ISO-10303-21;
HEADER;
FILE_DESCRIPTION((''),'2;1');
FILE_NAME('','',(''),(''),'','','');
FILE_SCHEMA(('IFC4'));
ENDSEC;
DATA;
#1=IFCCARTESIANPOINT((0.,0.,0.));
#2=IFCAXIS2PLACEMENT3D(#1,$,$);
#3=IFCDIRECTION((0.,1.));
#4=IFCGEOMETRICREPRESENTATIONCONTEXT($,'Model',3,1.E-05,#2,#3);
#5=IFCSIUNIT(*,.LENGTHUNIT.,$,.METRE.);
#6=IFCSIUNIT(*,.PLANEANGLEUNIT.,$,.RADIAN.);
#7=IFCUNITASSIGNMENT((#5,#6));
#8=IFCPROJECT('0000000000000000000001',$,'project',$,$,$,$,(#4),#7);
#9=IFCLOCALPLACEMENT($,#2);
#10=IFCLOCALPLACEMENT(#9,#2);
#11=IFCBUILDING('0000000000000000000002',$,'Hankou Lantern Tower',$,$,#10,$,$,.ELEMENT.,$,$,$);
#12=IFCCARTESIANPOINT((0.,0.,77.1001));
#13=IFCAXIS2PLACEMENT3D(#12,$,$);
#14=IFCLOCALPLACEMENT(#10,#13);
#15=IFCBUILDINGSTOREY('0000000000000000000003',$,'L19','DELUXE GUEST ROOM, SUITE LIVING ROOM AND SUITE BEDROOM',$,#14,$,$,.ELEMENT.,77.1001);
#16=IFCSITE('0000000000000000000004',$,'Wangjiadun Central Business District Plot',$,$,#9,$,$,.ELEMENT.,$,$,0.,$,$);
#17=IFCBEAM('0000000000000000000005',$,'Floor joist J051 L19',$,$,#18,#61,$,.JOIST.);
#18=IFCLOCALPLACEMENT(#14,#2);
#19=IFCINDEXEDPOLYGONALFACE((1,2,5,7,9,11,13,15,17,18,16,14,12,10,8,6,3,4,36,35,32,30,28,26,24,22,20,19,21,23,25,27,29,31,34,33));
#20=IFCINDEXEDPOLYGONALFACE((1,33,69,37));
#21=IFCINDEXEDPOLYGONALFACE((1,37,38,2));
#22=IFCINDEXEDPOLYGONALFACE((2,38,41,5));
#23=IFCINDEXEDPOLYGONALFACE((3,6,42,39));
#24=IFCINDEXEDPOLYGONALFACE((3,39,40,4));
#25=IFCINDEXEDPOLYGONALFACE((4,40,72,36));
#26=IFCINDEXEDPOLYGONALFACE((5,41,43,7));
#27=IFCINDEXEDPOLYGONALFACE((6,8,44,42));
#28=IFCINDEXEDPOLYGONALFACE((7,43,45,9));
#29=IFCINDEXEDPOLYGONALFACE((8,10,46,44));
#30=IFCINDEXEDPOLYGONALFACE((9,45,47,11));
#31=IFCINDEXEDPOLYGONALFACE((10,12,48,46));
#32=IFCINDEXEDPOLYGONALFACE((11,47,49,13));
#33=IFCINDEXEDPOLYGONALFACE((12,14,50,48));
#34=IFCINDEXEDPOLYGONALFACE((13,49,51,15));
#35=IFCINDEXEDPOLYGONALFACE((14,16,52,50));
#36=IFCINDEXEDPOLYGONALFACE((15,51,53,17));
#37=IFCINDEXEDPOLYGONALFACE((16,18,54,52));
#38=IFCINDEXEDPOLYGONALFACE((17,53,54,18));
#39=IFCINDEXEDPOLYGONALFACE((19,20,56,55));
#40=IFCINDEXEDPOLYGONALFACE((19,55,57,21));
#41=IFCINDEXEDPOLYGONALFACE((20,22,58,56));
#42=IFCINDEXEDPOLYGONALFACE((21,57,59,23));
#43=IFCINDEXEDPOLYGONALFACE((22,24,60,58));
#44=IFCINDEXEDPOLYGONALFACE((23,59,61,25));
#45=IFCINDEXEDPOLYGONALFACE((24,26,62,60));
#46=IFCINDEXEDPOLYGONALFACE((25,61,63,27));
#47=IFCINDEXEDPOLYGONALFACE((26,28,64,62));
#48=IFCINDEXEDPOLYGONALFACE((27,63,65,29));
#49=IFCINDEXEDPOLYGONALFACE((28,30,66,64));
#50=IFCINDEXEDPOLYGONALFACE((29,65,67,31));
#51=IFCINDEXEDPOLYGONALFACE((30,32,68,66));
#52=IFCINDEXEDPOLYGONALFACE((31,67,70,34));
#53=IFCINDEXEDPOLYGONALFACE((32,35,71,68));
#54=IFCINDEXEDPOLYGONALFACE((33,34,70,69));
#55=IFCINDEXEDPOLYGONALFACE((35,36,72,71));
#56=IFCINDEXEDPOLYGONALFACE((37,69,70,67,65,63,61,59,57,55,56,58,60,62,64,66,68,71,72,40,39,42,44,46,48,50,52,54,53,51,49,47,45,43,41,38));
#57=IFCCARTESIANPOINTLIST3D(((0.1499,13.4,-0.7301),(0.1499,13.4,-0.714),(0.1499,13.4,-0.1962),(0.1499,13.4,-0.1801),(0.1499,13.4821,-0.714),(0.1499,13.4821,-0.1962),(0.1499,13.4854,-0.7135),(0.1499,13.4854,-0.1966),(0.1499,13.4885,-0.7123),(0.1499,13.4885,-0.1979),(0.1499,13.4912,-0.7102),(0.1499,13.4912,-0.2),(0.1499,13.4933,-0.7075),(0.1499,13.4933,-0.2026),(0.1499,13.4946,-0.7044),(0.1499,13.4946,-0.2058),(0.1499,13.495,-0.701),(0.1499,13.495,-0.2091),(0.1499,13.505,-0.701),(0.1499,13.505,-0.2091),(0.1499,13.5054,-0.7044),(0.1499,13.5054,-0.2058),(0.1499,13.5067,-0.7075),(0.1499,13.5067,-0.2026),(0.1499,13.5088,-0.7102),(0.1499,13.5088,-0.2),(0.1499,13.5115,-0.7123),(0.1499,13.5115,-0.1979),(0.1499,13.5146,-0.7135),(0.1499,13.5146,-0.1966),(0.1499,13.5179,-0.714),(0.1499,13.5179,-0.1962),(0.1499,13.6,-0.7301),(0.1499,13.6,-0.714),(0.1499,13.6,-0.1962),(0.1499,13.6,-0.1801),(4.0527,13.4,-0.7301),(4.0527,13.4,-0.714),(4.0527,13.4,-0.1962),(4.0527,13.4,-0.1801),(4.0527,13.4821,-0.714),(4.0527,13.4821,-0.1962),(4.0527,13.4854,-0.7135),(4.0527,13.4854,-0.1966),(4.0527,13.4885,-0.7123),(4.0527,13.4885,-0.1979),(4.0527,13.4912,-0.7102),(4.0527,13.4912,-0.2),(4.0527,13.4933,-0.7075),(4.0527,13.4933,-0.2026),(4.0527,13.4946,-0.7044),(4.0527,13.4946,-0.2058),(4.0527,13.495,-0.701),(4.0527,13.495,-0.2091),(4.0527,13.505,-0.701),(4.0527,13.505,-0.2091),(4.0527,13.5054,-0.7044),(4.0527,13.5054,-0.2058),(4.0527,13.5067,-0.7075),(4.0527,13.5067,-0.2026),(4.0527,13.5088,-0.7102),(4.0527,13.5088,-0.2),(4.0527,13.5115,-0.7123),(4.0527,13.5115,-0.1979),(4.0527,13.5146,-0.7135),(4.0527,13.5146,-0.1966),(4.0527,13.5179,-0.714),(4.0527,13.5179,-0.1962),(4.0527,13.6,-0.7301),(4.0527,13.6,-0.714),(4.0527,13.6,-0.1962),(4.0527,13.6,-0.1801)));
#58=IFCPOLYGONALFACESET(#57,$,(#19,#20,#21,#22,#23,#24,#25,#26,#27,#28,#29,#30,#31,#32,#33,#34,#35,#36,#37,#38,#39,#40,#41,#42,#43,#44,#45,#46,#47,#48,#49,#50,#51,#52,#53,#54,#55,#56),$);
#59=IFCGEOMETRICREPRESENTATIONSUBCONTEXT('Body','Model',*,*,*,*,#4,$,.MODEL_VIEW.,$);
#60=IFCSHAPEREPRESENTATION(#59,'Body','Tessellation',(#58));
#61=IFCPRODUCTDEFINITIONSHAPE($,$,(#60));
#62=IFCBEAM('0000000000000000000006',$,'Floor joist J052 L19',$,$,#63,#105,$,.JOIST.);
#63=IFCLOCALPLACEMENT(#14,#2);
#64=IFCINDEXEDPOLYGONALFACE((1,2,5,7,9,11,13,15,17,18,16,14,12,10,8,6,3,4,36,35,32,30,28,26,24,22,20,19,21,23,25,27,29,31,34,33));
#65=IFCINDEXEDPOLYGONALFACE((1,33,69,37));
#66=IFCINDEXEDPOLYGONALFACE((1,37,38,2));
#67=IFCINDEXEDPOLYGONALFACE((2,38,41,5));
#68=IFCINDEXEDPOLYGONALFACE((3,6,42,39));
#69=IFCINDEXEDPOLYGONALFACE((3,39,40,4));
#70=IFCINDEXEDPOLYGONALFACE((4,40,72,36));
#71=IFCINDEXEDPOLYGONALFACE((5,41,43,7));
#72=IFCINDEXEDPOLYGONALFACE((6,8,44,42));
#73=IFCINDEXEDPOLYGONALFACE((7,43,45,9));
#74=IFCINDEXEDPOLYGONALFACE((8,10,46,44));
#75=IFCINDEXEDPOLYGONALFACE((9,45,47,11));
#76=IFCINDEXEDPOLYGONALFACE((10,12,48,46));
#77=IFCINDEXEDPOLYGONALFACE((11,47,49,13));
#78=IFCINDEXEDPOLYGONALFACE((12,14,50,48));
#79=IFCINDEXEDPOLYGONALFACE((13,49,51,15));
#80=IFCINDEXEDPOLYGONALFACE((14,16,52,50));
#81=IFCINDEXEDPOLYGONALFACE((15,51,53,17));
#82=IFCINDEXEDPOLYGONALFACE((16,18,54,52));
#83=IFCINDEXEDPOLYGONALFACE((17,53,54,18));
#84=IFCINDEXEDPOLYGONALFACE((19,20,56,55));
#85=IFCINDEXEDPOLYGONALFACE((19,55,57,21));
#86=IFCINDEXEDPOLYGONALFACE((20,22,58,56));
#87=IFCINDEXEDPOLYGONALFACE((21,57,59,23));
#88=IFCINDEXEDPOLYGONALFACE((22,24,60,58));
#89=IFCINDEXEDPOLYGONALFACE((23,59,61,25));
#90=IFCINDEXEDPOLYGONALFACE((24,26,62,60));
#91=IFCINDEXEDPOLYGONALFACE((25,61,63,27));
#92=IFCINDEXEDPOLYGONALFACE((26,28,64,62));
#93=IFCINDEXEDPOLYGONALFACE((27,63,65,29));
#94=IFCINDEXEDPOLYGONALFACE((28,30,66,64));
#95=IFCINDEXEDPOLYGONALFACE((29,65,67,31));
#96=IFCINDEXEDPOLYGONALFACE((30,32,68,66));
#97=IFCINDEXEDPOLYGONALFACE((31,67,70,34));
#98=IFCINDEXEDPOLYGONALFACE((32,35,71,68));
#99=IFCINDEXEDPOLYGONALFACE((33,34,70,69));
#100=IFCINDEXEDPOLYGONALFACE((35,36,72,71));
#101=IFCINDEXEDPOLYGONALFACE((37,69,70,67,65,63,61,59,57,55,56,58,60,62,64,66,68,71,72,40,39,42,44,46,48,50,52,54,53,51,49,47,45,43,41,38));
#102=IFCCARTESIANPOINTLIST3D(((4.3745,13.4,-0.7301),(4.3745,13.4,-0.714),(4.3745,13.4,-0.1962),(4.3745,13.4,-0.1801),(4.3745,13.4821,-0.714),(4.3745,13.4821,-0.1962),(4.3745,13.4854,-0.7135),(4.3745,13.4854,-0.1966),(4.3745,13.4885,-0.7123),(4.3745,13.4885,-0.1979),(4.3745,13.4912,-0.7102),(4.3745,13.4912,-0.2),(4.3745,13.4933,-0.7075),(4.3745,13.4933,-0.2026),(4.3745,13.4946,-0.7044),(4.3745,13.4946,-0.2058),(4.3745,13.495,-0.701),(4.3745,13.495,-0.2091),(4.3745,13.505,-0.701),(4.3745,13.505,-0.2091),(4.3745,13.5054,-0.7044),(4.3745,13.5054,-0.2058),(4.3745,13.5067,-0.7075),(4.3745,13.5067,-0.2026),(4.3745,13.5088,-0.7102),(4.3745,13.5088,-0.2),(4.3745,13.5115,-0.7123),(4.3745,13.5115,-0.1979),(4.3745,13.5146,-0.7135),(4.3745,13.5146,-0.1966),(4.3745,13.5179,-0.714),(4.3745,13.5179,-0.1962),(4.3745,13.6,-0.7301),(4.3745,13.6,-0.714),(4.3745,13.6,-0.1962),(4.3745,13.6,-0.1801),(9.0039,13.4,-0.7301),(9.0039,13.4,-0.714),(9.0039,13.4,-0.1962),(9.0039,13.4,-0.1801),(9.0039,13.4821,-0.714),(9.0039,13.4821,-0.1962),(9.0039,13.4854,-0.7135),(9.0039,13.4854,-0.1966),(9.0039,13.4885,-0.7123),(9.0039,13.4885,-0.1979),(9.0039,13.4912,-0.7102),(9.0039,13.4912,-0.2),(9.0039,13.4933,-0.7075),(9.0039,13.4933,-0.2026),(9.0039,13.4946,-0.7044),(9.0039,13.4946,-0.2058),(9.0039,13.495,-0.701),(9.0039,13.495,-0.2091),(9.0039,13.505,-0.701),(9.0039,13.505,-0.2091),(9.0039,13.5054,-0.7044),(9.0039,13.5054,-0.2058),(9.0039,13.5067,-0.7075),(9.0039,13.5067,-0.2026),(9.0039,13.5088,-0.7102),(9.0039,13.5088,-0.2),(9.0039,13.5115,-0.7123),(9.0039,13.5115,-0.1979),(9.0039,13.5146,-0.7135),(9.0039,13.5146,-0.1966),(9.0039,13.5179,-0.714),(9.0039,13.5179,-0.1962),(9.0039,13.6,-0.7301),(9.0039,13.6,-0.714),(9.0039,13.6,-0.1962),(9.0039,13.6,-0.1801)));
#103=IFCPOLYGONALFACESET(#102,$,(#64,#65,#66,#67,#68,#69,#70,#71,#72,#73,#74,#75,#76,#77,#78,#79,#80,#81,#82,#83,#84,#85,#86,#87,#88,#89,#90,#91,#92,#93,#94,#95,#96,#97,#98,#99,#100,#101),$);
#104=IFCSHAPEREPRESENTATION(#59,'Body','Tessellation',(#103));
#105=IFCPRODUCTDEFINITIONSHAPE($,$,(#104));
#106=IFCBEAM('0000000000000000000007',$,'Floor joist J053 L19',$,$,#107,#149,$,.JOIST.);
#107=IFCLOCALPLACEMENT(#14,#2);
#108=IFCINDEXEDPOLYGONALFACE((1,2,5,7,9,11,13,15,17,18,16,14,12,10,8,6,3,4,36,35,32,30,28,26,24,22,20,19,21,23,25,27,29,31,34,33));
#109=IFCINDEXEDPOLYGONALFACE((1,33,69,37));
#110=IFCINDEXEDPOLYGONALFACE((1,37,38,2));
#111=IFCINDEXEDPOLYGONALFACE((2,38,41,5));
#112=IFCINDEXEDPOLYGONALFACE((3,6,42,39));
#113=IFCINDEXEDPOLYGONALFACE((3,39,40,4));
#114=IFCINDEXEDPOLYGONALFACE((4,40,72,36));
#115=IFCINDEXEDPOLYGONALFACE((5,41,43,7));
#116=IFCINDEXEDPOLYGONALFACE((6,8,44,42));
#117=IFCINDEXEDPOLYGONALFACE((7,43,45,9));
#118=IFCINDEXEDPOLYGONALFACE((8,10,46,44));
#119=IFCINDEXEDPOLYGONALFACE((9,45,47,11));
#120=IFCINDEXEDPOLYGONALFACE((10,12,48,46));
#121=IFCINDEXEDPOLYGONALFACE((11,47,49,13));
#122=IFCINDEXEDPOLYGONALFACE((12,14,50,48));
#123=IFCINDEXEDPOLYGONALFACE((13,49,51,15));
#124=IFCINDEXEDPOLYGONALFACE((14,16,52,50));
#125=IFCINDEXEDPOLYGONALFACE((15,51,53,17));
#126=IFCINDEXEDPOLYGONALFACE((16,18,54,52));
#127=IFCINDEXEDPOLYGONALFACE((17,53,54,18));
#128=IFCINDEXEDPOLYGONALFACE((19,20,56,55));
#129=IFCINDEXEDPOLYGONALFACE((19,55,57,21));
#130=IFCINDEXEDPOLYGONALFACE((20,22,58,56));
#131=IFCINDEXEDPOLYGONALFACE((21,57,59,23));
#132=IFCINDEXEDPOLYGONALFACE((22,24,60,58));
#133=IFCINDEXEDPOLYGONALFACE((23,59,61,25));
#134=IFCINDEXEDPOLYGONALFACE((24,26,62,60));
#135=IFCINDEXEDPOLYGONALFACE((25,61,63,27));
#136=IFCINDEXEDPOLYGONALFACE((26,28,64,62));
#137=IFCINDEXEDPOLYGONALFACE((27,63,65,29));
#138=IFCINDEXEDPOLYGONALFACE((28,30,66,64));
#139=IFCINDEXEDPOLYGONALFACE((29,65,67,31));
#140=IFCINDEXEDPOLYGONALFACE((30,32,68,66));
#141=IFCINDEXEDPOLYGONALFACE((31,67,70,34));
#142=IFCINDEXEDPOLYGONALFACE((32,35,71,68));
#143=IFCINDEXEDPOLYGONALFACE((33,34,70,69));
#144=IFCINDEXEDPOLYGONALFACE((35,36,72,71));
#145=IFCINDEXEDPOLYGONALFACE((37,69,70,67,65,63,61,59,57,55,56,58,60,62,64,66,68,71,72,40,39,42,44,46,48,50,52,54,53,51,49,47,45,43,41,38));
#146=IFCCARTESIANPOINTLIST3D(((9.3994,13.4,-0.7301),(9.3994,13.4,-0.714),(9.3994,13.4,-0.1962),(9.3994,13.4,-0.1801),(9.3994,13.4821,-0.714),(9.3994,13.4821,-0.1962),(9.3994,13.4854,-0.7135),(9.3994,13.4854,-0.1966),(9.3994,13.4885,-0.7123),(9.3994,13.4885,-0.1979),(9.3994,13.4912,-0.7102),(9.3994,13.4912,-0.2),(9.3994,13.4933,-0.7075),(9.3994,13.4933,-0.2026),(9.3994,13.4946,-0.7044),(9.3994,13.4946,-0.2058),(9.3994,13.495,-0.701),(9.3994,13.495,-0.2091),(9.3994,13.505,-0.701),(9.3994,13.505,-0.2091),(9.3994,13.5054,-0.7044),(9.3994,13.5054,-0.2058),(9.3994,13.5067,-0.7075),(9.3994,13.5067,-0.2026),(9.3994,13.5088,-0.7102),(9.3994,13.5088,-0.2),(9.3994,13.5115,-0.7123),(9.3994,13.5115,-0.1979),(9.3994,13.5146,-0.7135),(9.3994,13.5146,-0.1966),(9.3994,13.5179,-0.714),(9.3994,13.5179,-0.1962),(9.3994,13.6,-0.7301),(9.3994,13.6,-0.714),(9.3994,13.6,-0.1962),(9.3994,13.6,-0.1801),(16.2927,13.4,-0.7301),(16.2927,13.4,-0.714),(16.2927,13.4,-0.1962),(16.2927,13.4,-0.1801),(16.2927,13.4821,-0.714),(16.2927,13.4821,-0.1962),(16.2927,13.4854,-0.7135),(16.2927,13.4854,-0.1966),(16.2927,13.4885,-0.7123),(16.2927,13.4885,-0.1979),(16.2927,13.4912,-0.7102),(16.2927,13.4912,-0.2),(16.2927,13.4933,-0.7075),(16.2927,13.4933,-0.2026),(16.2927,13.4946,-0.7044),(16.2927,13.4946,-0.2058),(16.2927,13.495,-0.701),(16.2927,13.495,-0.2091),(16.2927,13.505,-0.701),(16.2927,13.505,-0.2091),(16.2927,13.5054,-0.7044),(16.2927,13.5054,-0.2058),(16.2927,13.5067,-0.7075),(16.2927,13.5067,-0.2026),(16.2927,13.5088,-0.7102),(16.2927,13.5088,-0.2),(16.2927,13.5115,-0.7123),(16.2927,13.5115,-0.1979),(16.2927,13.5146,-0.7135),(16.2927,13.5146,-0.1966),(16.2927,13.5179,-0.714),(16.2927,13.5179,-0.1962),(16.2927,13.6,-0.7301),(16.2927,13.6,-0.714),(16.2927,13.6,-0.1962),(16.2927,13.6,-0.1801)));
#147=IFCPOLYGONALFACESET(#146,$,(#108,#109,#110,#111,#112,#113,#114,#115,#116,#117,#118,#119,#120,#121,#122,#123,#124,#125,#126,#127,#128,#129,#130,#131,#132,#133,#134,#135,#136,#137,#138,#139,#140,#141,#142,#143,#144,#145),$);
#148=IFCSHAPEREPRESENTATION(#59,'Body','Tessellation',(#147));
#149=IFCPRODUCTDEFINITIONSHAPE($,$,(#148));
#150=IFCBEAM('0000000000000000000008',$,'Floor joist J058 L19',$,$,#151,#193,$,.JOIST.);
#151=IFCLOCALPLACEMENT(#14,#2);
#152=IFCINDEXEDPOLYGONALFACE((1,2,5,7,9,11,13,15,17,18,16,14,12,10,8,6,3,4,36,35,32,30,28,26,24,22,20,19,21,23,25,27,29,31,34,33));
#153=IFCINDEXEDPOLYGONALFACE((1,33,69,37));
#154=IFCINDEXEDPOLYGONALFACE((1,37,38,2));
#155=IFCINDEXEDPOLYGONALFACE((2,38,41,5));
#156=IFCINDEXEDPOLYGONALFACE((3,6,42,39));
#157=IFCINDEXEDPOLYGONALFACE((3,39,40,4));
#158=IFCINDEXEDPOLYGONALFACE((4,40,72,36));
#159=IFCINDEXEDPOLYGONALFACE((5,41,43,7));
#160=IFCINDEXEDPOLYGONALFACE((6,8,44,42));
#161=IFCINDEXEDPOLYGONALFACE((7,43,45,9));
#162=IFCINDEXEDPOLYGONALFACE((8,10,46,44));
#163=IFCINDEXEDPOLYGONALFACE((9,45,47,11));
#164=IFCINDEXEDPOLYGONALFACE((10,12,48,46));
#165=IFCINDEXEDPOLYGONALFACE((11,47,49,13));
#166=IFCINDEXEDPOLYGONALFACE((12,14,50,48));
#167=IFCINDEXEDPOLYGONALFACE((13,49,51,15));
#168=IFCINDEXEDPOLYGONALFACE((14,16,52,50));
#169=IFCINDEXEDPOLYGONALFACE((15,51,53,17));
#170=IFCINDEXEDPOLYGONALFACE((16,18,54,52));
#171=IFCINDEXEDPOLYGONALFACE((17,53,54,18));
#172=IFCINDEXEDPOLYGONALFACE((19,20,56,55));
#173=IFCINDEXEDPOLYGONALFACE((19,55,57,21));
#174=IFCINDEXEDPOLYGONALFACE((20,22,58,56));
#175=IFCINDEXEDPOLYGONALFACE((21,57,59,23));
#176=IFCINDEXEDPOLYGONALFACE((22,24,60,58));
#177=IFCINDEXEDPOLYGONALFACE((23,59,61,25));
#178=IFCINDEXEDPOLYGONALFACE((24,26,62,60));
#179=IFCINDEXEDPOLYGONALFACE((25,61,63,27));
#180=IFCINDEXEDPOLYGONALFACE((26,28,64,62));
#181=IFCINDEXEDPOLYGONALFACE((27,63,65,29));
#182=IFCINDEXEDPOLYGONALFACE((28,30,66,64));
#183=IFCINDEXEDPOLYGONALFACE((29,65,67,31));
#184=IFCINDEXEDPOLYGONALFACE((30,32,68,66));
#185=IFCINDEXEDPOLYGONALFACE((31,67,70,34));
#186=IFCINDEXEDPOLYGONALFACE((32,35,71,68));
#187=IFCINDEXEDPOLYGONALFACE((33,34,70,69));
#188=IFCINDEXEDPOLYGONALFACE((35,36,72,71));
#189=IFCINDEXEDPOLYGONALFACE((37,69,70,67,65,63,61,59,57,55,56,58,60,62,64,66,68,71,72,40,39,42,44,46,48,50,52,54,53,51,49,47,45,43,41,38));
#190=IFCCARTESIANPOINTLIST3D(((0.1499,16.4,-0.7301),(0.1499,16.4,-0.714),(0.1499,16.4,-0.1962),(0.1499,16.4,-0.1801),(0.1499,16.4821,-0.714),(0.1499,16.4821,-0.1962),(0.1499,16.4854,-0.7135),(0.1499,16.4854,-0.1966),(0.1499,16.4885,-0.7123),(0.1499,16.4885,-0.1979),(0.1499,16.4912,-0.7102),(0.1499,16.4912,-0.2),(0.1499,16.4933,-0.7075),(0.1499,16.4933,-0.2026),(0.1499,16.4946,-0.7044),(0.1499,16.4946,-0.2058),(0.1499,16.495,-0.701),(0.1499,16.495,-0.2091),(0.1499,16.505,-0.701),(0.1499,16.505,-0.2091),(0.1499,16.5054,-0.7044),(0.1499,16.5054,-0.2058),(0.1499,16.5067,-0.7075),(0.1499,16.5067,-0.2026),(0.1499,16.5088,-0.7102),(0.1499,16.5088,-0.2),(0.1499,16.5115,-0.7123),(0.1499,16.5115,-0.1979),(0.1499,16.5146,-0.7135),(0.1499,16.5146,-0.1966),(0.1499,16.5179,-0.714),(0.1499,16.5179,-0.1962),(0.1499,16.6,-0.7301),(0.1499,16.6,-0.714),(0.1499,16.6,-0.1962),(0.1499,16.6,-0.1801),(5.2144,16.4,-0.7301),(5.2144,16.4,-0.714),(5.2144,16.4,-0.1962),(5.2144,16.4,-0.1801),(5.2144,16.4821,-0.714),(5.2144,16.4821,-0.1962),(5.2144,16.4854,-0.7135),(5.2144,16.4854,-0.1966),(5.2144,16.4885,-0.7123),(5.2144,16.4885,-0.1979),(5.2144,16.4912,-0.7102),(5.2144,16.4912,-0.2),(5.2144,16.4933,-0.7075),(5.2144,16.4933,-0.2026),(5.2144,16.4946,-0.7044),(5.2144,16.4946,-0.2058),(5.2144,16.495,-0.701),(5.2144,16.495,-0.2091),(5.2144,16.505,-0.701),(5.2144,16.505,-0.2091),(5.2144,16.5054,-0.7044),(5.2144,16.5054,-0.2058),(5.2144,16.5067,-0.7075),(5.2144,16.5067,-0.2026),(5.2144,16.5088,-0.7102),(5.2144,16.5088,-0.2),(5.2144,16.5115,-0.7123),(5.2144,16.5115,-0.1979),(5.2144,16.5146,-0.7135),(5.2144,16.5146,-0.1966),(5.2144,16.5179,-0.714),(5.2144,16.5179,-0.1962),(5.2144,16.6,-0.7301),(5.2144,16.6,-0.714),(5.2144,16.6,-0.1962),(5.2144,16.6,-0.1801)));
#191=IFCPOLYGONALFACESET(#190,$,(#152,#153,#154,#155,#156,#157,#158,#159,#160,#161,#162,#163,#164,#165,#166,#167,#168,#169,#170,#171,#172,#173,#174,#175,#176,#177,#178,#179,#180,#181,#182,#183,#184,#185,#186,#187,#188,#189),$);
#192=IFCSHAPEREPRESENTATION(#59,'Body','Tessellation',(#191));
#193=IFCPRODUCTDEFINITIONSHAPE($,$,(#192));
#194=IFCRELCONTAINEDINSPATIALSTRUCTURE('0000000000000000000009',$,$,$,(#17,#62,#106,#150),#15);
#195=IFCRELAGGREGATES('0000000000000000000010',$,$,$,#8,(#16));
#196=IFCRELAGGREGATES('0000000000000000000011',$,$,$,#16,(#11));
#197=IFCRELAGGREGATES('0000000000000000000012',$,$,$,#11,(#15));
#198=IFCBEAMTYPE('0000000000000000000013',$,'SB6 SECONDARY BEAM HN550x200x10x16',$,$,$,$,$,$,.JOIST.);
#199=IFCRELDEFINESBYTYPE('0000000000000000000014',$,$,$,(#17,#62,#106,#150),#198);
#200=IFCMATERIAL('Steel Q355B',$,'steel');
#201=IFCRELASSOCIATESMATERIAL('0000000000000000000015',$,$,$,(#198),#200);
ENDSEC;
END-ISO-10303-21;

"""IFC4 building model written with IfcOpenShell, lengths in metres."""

from ifc_helpers import new_model, si_unit, direction, frame, origin, origin_2d, place, context, subcontext, project, spatial, i_section, extrude, material, material_profile, profile_set, type_object, element, save


model = new_model("IFC4")

# Units and contexts
model_context = context("Model", 3, precision=1e-05, world=origin(), true_north=direction((0.0, 1.0)))
body_context = subcontext(model_context, "Body", "Model", "MODEL_VIEW")
ifc_project = project(units=[si_unit("LENGTHUNIT", "METRE"), si_unit("PLANEANGLEUNIT", "RADIAN")], contexts=[model_context])

# Site, building, storey
site_placement = place(None, origin())
site = spatial("IfcSite", under=ifc_project, at=site_placement, Name="Wangjiadun Central Business District Plot", CompositionType="ELEMENT", RefElevation=0.0)
building_placement = place(site_placement, origin())
building = spatial("IfcBuilding", under=site, at=building_placement, Name="Hankou Lantern Tower", CompositionType="ELEMENT")
storey_placement = place(building_placement, frame((0.0, 0.0, 77.1001)))
storey = spatial("IfcBuildingStorey", under=building, at=storey_placement, Name="L19", Description="DELUXE GUEST ROOM, SUITE LIVING ROOM AND SUITE BEDROOM", CompositionType="ELEMENT", Elevation=77.1001)

# Beams
ifc_material_1 = material(Name="Steel Q355B", Category="steel")
ifc_material_profile_1 = material_profile(ifc_material_1, i_section(OverallWidth=0.2, OverallDepth=0.55, WebThickness=0.01, FlangeThickness=0.0161, FilletRadius=0.0129, at=origin_2d()), Name="HN550x200x10x16")
ifc_profile_set_1 = profile_set([ifc_material_profile_1], Name="Steel Q355B")
beam_type_1 = type_object("IfcBeamType", Name="SB6 SECONDARY BEAM HN550x200x10x16", PredefinedType="JOIST", material=ifc_profile_set_1)
beam_1_placement = place(storey_placement, frame((0.1499, 13.5, -0.4551), z_axis=(1.0, 0.0, 0.0), x_axis=(0.0, 1.0, 0.0)))
element("IfcBeam", 1, at=beam_1_placement, inside=storey, type_object=beam_type_1, Name="Floor joist J051 L19", PredefinedType="JOIST", context=body_context, shape_type="SweptSolid", body=[
    extrude(i_section(OverallWidth=0.2, OverallDepth=0.55, WebThickness=0.01, FlangeThickness=0.0161, FilletRadius=0.0129, at=origin_2d()), origin(), (0.0, 0.0, 1.0), 3.9028),
])
beam_2_placement = place(storey_placement, frame((4.3745, 13.5, -0.4551), z_axis=(1.0, 0.0, 0.0), x_axis=(0.0, 1.0, 0.0)))
element("IfcBeam", 2, at=beam_2_placement, inside=storey, type_object=beam_type_1, Name="Floor joist J052 L19", PredefinedType="JOIST", context=body_context, shape_type="SweptSolid", body=[
    extrude(i_section(OverallWidth=0.2, OverallDepth=0.55, WebThickness=0.01, FlangeThickness=0.0161, FilletRadius=0.0129, at=origin_2d()), origin(), (0.0, 0.0, 1.0), 4.6294),
])
beam_3_placement = place(storey_placement, frame((9.3994, 13.5, -0.4551), z_axis=(1.0, 0.0, 0.0), x_axis=(0.0, 1.0, 0.0)))
element("IfcBeam", 3, at=beam_3_placement, inside=storey, type_object=beam_type_1, Name="Floor joist J053 L19", PredefinedType="JOIST", context=body_context, shape_type="SweptSolid", body=[
    extrude(i_section(OverallWidth=0.2, OverallDepth=0.55, WebThickness=0.01, FlangeThickness=0.0161, FilletRadius=0.0129, at=origin_2d()), origin(), (0.0, 0.0, 1.0), 6.8933),
])
beam_4_placement = place(storey_placement, frame((0.1499, 16.5, -0.4551), z_axis=(1.0, 0.0, 0.0), x_axis=(0.0, 1.0, 0.0)))
element("IfcBeam", 4, at=beam_4_placement, inside=storey, type_object=beam_type_1, Name="Floor joist J058 L19", PredefinedType="JOIST", context=body_context, shape_type="SweptSolid", body=[
    extrude(i_section(OverallWidth=0.2, OverallDepth=0.55, WebThickness=0.01, FlangeThickness=0.0161, FilletRadius=0.0129, at=origin_2d()), origin(), (0.0, 0.0, 1.0), 5.0645),
])

save(model, "model.ifc")
